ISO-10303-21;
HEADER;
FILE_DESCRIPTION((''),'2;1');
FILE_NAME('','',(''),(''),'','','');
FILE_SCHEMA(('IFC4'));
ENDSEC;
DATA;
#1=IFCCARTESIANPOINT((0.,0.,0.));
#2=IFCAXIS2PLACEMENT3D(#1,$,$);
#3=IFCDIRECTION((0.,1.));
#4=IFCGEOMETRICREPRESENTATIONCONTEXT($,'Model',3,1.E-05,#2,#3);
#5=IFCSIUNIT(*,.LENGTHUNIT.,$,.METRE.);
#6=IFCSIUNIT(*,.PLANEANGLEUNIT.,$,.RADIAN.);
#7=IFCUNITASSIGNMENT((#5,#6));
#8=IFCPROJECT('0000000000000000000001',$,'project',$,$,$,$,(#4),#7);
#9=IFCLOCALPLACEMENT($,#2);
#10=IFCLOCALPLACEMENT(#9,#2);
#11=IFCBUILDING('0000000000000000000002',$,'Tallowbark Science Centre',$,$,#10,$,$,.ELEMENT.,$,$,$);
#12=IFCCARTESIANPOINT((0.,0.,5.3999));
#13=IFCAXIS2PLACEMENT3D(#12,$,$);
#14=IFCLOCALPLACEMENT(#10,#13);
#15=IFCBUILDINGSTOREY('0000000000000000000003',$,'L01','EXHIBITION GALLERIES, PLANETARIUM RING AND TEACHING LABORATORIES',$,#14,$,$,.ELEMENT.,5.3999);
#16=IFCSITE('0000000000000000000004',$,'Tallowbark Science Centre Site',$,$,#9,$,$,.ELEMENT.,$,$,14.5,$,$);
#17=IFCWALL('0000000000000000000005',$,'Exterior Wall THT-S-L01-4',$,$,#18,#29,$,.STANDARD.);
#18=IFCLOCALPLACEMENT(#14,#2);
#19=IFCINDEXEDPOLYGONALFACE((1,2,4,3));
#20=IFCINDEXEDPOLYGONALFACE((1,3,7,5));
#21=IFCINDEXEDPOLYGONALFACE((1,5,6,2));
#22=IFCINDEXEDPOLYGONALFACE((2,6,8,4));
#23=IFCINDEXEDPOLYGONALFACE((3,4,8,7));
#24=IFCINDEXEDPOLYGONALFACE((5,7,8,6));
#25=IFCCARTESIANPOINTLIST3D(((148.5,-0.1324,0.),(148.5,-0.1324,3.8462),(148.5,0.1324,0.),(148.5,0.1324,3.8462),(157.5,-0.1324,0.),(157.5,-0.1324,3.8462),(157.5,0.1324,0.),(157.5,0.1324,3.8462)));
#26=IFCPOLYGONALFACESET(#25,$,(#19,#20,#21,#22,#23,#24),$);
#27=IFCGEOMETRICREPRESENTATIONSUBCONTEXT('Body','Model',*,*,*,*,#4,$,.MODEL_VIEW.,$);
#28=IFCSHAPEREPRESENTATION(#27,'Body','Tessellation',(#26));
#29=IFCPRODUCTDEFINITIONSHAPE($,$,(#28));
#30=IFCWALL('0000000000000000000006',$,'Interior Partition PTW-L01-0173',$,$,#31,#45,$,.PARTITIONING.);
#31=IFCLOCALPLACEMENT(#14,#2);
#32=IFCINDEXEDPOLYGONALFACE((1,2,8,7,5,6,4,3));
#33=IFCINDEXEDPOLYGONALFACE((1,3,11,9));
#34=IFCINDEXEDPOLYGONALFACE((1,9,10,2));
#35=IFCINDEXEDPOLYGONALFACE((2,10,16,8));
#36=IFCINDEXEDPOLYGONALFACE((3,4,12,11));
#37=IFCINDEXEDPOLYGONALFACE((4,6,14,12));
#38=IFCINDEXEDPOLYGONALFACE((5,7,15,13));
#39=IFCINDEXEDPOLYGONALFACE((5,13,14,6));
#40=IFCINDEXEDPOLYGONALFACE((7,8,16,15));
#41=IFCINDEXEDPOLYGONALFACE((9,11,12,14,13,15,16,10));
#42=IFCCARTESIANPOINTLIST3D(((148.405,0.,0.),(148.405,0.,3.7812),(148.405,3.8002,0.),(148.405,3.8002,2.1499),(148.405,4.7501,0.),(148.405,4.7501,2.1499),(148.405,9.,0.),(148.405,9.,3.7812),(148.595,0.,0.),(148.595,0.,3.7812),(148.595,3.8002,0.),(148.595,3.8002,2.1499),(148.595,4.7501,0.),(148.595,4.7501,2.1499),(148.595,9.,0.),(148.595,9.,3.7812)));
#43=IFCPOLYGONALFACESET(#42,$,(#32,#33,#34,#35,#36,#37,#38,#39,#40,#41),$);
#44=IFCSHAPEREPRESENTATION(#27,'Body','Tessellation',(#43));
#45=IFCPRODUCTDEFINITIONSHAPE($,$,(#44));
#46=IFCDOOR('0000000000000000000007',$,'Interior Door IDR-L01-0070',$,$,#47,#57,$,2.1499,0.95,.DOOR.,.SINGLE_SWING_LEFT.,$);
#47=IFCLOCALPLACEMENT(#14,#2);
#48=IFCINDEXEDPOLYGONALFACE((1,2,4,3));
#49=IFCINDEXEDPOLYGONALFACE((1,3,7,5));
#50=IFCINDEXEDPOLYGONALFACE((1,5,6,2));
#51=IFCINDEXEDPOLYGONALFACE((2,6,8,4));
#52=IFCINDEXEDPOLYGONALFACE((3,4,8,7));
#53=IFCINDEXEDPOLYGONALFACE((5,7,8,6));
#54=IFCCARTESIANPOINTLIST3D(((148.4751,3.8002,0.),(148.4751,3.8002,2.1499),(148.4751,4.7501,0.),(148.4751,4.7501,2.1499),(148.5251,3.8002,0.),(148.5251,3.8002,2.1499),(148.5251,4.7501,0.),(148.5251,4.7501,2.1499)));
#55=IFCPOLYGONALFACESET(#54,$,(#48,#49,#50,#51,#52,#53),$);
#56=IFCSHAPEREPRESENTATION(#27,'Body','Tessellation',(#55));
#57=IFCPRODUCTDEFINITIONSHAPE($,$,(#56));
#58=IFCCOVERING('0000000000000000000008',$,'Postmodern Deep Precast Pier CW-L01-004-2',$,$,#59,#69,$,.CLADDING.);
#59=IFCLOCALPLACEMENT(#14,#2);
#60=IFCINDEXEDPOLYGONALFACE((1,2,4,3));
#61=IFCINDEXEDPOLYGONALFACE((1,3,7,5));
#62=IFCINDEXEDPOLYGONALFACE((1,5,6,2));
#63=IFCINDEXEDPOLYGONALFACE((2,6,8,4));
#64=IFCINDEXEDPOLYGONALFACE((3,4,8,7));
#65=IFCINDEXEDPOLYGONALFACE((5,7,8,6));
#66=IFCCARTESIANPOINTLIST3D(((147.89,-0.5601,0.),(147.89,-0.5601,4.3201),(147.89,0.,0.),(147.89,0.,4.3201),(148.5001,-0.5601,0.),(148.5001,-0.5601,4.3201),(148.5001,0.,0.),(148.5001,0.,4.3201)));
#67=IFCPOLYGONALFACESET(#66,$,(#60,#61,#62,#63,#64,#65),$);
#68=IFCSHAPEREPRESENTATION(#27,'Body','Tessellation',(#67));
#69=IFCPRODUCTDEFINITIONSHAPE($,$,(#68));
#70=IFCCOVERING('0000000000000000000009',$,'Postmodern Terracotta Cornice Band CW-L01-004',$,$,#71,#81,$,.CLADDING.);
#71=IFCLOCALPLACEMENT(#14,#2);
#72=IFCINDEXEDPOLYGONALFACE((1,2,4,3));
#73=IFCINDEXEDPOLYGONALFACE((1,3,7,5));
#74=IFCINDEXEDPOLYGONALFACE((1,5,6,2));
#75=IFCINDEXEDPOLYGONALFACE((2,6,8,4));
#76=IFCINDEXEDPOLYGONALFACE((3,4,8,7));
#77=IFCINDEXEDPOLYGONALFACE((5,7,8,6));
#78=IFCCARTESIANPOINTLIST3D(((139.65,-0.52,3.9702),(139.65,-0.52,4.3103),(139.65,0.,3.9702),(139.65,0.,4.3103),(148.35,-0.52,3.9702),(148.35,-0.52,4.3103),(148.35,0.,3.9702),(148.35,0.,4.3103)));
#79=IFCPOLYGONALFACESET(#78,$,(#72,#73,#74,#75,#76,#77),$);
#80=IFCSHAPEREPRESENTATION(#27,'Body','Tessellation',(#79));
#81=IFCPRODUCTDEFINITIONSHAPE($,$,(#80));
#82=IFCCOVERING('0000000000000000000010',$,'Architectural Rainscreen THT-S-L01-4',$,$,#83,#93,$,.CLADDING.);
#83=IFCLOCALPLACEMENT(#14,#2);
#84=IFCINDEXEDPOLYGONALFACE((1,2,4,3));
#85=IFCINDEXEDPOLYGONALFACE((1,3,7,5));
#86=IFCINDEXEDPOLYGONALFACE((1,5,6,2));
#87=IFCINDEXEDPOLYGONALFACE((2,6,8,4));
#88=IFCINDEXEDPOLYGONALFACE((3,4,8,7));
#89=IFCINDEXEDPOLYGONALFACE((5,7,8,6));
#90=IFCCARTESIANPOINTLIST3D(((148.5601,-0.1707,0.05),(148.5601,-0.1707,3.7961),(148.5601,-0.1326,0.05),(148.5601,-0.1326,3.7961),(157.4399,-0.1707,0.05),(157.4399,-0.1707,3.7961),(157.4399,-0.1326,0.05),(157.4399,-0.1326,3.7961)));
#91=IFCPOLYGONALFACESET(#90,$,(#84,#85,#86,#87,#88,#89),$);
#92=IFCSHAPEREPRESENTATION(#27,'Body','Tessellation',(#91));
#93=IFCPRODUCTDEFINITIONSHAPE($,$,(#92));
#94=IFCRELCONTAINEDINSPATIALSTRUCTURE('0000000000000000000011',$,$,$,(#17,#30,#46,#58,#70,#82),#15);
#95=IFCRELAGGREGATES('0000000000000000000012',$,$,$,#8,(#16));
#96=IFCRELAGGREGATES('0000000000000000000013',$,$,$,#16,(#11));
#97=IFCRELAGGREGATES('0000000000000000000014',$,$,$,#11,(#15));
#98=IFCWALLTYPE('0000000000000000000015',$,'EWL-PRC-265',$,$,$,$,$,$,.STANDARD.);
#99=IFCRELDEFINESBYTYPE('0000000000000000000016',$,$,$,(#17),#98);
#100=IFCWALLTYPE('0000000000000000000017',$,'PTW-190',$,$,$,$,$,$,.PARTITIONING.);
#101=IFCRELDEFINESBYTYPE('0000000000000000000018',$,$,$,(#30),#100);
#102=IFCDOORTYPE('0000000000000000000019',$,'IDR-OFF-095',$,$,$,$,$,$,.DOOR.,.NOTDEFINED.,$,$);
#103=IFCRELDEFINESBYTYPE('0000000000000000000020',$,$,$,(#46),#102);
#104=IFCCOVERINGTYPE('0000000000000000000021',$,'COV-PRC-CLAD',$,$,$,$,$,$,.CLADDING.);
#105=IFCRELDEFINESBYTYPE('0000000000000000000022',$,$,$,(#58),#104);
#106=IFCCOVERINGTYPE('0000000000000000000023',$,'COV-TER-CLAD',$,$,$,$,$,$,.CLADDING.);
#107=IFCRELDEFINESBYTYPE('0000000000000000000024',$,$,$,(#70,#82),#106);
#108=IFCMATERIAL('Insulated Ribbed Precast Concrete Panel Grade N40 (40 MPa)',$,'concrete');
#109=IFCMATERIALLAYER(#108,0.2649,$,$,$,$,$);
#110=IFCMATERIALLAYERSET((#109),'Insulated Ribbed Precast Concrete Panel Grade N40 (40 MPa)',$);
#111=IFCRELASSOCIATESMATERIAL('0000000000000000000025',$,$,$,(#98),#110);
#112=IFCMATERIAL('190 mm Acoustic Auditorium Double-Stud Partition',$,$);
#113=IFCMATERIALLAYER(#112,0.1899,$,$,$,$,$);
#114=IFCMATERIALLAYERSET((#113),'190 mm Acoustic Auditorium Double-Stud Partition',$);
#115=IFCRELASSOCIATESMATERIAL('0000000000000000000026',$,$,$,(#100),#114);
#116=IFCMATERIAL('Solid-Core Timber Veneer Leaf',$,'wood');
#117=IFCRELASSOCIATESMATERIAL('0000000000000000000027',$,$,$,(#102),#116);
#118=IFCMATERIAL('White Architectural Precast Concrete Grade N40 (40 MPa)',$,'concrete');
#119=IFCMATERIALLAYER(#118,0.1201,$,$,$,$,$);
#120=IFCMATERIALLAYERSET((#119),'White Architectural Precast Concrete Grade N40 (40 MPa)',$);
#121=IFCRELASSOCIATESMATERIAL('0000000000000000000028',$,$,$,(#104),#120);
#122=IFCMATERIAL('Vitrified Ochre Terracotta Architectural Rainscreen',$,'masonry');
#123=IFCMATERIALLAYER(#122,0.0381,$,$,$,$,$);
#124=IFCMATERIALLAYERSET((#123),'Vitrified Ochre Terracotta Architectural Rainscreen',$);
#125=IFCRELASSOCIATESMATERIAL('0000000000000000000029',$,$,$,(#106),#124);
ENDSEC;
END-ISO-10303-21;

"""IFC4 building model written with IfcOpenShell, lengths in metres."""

from ifc_helpers import new_model, si_unit, direction, frame, frame_2d, origin, origin_2d, place, context, subcontext, project, spatial, rectangle, extrude, material, layer, layer_set, type_object, element, fill, save


model = new_model("IFC4")

# Units and contexts
model_context = context("Model", 3, precision=1e-05, world=origin(), true_north=direction((0.0, 1.0)))
body_context = subcontext(model_context, "Body", "Model", "MODEL_VIEW")
ifc_project = project(units=[si_unit("LENGTHUNIT", "METRE"), si_unit("PLANEANGLEUNIT", "RADIAN")], contexts=[model_context])

# Site, building, storey
site_placement = place(None, origin())
site = spatial("IfcSite", under=ifc_project, at=site_placement, Name="Tallowbark Science Centre Site", CompositionType="ELEMENT", RefElevation=14.5)
building_placement = place(site_placement, origin())
building = spatial("IfcBuilding", under=site, at=building_placement, Name="Tallowbark Science Centre", CompositionType="ELEMENT")
storey_placement = place(building_placement, frame((0.0, 0.0, 5.3999)))
storey = spatial("IfcBuildingStorey", under=building, at=storey_placement, Name="L01", Description="EXHIBITION GALLERIES, PLANETARIUM RING AND TEACHING LABORATORIES", CompositionType="ELEMENT", Elevation=5.3999)

# Wall
ifc_material_1 = material(Name="Insulated Ribbed Precast Concrete Panel Grade N40 (40 MPa)", Category="concrete")
ifc_layer_1 = layer(ifc_material_1, 0.2649)
ifc_layer_set_1 = layer_set([ifc_layer_1], Name="Insulated Ribbed Precast Concrete Panel Grade N40 (40 MPa)")
wall_type_1 = type_object("IfcWallType", Name="EWL-PRC-265", PredefinedType="STANDARD", material=ifc_layer_set_1)
wall_1_placement = place(storey_placement, frame((148.5, 0.0, 0.0), z_axis=(0.0, 0.0, 1.0), x_axis=(1.0, 0.0, 0.0)))
element("IfcWall", 1, at=wall_1_placement, inside=storey, type_object=wall_type_1, Name="Exterior Wall THT-S-L01-4", PredefinedType="STANDARD", context=body_context, shape_type="SweptSolid", body=[
    extrude(rectangle(XDim=9.0, YDim=0.2649, at=frame_2d((4.5, 0.0))), origin(), (0.0, 0.0, 1.0), 3.8462),
])

# Wall, opening, door
ifc_material_2 = material(Name="190 mm Acoustic Auditorium Double-Stud Partition")
ifc_layer_2 = layer(ifc_material_2, 0.1899)
ifc_layer_set_2 = layer_set([ifc_layer_2], Name="190 mm Acoustic Auditorium Double-Stud Partition")
wall_type_2 = type_object("IfcWallType", Name="PTW-190", PredefinedType="PARTITIONING", material=ifc_layer_set_2)
wall_2_placement = place(storey_placement, frame((148.5, 0.0, 0.0), z_axis=(0.0, 0.0, 1.0), x_axis=(0.0, 1.0, 0.0)))
wall_2 = element("IfcWall", 2, at=wall_2_placement, inside=storey, type_object=wall_type_2, Name="Interior Partition PTW-L01-0173", PredefinedType="PARTITIONING", context=body_context, shape_type="SweptSolid", body=[
    extrude(rectangle(XDim=9.0, YDim=0.1899, at=frame_2d((4.5, 0.0))), origin(), (0.0, 0.0, 1.0), 3.7812),
])
opening_placement = place(wall_2_placement, frame((3.8, 0.0, 0.0)))
opening = element("IfcOpeningElement", 3, at=opening_placement, cuts=wall_2, PredefinedType="OPENING", context=body_context, shape_type="SweptSolid", body=[
    extrude(rectangle(XDim=0.95, YDim=2.1499, at=frame_2d((0.4751, 1.075))), frame((0.0, 0.105, 0.0), z_axis=(0.0, -1.0, 0.0), x_axis=(1.0, 0.0, 0.0)), (0.0, 0.0, 1.0), 0.21),
])
ifc_material_3 = material(Name="Solid-Core Timber Veneer Leaf", Category="wood")
door_type = type_object("IfcDoorType", Name="IDR-OFF-095", OperationType="NOTDEFINED", PredefinedType="DOOR", material=ifc_material_3)
door_placement = place(opening_placement, origin())
door = element("IfcDoor", 4, at=door_placement, inside=storey, type_object=door_type, Name="Interior Door IDR-L01-0070", OperationType="SINGLE_SWING_LEFT", OverallHeight=2.1499, OverallWidth=0.95, PredefinedType="DOOR", context=body_context, shape_type="SweptSolid", body=[
    extrude(rectangle(XDim=0.95, YDim=2.1499, at=frame_2d((0.4751, 1.075))), frame((0.0, 0.0249, 0.0), z_axis=(0.0, -1.0, 0.0), x_axis=(1.0, 0.0, 0.0)), (0.0, 0.0, 1.0), 0.05),
])
fill(opening, door)

# Coverings
ifc_material_4 = material(Name="White Architectural Precast Concrete Grade N40 (40 MPa)", Category="concrete")
ifc_layer_3 = layer(ifc_material_4, 0.1201)
ifc_layer_set_3 = layer_set([ifc_layer_3], Name="White Architectural Precast Concrete Grade N40 (40 MPa)")
covering_type_1 = type_object("IfcCoveringType", Name="COV-PRC-CLAD", PredefinedType="CLADDING", material=ifc_layer_set_3)
covering_1_placement = place(storey_placement, frame((148.1951, -0.28, 0.0), z_axis=(0.0, 0.0, 1.0), x_axis=(1.0, 0.0, 0.0)))
element("IfcCovering", 5, at=covering_1_placement, inside=storey, type_object=covering_type_1, Name="Postmodern Deep Precast Pier CW-L01-004-2", PredefinedType="CLADDING", context=body_context, shape_type="SweptSolid", body=[
    extrude(rectangle(XDim=0.6101, YDim=0.5601, at=origin_2d()), origin(), (0.0, 0.0, 1.0), 4.3201),
])
ifc_material_5 = material(Name="Vitrified Ochre Terracotta Architectural Rainscreen", Category="masonry")
ifc_layer_4 = layer(ifc_material_5, 0.0381)
ifc_layer_set_4 = layer_set([ifc_layer_4], Name="Vitrified Ochre Terracotta Architectural Rainscreen")
covering_type_2 = type_object("IfcCoveringType", Name="COV-TER-CLAD", PredefinedType="CLADDING", material=ifc_layer_set_4)
covering_2_placement = place(storey_placement, frame((144.0, -0.26, 3.9702), z_axis=(0.0, 0.0, 1.0), x_axis=(1.0, 0.0, 0.0)))
element("IfcCovering", 6, at=covering_2_placement, inside=storey, type_object=covering_type_2, Name="Postmodern Terracotta Cornice Band CW-L01-004", PredefinedType="CLADDING", context=body_context, shape_type="SweptSolid", body=[
    extrude(rectangle(XDim=8.7, YDim=0.52, at=origin_2d()), origin(), (0.0, 0.0, 1.0), 0.3401),
])
covering_3_placement = place(storey_placement, frame((153.0, -0.1516, 0.05), z_axis=(0.0, 0.0, 1.0), x_axis=(1.0, 0.0, 0.0)))
element("IfcCovering", 7, at=covering_3_placement, inside=storey, type_object=covering_type_2, Name="Architectural Rainscreen THT-S-L01-4", PredefinedType="CLADDING", context=body_context, shape_type="SweptSolid", body=[
    extrude(rectangle(XDim=8.8799, YDim=0.0381, at=origin_2d()), origin(), (0.0, 0.0, 1.0), 3.7461),
])

save(model, "model.ifc")
